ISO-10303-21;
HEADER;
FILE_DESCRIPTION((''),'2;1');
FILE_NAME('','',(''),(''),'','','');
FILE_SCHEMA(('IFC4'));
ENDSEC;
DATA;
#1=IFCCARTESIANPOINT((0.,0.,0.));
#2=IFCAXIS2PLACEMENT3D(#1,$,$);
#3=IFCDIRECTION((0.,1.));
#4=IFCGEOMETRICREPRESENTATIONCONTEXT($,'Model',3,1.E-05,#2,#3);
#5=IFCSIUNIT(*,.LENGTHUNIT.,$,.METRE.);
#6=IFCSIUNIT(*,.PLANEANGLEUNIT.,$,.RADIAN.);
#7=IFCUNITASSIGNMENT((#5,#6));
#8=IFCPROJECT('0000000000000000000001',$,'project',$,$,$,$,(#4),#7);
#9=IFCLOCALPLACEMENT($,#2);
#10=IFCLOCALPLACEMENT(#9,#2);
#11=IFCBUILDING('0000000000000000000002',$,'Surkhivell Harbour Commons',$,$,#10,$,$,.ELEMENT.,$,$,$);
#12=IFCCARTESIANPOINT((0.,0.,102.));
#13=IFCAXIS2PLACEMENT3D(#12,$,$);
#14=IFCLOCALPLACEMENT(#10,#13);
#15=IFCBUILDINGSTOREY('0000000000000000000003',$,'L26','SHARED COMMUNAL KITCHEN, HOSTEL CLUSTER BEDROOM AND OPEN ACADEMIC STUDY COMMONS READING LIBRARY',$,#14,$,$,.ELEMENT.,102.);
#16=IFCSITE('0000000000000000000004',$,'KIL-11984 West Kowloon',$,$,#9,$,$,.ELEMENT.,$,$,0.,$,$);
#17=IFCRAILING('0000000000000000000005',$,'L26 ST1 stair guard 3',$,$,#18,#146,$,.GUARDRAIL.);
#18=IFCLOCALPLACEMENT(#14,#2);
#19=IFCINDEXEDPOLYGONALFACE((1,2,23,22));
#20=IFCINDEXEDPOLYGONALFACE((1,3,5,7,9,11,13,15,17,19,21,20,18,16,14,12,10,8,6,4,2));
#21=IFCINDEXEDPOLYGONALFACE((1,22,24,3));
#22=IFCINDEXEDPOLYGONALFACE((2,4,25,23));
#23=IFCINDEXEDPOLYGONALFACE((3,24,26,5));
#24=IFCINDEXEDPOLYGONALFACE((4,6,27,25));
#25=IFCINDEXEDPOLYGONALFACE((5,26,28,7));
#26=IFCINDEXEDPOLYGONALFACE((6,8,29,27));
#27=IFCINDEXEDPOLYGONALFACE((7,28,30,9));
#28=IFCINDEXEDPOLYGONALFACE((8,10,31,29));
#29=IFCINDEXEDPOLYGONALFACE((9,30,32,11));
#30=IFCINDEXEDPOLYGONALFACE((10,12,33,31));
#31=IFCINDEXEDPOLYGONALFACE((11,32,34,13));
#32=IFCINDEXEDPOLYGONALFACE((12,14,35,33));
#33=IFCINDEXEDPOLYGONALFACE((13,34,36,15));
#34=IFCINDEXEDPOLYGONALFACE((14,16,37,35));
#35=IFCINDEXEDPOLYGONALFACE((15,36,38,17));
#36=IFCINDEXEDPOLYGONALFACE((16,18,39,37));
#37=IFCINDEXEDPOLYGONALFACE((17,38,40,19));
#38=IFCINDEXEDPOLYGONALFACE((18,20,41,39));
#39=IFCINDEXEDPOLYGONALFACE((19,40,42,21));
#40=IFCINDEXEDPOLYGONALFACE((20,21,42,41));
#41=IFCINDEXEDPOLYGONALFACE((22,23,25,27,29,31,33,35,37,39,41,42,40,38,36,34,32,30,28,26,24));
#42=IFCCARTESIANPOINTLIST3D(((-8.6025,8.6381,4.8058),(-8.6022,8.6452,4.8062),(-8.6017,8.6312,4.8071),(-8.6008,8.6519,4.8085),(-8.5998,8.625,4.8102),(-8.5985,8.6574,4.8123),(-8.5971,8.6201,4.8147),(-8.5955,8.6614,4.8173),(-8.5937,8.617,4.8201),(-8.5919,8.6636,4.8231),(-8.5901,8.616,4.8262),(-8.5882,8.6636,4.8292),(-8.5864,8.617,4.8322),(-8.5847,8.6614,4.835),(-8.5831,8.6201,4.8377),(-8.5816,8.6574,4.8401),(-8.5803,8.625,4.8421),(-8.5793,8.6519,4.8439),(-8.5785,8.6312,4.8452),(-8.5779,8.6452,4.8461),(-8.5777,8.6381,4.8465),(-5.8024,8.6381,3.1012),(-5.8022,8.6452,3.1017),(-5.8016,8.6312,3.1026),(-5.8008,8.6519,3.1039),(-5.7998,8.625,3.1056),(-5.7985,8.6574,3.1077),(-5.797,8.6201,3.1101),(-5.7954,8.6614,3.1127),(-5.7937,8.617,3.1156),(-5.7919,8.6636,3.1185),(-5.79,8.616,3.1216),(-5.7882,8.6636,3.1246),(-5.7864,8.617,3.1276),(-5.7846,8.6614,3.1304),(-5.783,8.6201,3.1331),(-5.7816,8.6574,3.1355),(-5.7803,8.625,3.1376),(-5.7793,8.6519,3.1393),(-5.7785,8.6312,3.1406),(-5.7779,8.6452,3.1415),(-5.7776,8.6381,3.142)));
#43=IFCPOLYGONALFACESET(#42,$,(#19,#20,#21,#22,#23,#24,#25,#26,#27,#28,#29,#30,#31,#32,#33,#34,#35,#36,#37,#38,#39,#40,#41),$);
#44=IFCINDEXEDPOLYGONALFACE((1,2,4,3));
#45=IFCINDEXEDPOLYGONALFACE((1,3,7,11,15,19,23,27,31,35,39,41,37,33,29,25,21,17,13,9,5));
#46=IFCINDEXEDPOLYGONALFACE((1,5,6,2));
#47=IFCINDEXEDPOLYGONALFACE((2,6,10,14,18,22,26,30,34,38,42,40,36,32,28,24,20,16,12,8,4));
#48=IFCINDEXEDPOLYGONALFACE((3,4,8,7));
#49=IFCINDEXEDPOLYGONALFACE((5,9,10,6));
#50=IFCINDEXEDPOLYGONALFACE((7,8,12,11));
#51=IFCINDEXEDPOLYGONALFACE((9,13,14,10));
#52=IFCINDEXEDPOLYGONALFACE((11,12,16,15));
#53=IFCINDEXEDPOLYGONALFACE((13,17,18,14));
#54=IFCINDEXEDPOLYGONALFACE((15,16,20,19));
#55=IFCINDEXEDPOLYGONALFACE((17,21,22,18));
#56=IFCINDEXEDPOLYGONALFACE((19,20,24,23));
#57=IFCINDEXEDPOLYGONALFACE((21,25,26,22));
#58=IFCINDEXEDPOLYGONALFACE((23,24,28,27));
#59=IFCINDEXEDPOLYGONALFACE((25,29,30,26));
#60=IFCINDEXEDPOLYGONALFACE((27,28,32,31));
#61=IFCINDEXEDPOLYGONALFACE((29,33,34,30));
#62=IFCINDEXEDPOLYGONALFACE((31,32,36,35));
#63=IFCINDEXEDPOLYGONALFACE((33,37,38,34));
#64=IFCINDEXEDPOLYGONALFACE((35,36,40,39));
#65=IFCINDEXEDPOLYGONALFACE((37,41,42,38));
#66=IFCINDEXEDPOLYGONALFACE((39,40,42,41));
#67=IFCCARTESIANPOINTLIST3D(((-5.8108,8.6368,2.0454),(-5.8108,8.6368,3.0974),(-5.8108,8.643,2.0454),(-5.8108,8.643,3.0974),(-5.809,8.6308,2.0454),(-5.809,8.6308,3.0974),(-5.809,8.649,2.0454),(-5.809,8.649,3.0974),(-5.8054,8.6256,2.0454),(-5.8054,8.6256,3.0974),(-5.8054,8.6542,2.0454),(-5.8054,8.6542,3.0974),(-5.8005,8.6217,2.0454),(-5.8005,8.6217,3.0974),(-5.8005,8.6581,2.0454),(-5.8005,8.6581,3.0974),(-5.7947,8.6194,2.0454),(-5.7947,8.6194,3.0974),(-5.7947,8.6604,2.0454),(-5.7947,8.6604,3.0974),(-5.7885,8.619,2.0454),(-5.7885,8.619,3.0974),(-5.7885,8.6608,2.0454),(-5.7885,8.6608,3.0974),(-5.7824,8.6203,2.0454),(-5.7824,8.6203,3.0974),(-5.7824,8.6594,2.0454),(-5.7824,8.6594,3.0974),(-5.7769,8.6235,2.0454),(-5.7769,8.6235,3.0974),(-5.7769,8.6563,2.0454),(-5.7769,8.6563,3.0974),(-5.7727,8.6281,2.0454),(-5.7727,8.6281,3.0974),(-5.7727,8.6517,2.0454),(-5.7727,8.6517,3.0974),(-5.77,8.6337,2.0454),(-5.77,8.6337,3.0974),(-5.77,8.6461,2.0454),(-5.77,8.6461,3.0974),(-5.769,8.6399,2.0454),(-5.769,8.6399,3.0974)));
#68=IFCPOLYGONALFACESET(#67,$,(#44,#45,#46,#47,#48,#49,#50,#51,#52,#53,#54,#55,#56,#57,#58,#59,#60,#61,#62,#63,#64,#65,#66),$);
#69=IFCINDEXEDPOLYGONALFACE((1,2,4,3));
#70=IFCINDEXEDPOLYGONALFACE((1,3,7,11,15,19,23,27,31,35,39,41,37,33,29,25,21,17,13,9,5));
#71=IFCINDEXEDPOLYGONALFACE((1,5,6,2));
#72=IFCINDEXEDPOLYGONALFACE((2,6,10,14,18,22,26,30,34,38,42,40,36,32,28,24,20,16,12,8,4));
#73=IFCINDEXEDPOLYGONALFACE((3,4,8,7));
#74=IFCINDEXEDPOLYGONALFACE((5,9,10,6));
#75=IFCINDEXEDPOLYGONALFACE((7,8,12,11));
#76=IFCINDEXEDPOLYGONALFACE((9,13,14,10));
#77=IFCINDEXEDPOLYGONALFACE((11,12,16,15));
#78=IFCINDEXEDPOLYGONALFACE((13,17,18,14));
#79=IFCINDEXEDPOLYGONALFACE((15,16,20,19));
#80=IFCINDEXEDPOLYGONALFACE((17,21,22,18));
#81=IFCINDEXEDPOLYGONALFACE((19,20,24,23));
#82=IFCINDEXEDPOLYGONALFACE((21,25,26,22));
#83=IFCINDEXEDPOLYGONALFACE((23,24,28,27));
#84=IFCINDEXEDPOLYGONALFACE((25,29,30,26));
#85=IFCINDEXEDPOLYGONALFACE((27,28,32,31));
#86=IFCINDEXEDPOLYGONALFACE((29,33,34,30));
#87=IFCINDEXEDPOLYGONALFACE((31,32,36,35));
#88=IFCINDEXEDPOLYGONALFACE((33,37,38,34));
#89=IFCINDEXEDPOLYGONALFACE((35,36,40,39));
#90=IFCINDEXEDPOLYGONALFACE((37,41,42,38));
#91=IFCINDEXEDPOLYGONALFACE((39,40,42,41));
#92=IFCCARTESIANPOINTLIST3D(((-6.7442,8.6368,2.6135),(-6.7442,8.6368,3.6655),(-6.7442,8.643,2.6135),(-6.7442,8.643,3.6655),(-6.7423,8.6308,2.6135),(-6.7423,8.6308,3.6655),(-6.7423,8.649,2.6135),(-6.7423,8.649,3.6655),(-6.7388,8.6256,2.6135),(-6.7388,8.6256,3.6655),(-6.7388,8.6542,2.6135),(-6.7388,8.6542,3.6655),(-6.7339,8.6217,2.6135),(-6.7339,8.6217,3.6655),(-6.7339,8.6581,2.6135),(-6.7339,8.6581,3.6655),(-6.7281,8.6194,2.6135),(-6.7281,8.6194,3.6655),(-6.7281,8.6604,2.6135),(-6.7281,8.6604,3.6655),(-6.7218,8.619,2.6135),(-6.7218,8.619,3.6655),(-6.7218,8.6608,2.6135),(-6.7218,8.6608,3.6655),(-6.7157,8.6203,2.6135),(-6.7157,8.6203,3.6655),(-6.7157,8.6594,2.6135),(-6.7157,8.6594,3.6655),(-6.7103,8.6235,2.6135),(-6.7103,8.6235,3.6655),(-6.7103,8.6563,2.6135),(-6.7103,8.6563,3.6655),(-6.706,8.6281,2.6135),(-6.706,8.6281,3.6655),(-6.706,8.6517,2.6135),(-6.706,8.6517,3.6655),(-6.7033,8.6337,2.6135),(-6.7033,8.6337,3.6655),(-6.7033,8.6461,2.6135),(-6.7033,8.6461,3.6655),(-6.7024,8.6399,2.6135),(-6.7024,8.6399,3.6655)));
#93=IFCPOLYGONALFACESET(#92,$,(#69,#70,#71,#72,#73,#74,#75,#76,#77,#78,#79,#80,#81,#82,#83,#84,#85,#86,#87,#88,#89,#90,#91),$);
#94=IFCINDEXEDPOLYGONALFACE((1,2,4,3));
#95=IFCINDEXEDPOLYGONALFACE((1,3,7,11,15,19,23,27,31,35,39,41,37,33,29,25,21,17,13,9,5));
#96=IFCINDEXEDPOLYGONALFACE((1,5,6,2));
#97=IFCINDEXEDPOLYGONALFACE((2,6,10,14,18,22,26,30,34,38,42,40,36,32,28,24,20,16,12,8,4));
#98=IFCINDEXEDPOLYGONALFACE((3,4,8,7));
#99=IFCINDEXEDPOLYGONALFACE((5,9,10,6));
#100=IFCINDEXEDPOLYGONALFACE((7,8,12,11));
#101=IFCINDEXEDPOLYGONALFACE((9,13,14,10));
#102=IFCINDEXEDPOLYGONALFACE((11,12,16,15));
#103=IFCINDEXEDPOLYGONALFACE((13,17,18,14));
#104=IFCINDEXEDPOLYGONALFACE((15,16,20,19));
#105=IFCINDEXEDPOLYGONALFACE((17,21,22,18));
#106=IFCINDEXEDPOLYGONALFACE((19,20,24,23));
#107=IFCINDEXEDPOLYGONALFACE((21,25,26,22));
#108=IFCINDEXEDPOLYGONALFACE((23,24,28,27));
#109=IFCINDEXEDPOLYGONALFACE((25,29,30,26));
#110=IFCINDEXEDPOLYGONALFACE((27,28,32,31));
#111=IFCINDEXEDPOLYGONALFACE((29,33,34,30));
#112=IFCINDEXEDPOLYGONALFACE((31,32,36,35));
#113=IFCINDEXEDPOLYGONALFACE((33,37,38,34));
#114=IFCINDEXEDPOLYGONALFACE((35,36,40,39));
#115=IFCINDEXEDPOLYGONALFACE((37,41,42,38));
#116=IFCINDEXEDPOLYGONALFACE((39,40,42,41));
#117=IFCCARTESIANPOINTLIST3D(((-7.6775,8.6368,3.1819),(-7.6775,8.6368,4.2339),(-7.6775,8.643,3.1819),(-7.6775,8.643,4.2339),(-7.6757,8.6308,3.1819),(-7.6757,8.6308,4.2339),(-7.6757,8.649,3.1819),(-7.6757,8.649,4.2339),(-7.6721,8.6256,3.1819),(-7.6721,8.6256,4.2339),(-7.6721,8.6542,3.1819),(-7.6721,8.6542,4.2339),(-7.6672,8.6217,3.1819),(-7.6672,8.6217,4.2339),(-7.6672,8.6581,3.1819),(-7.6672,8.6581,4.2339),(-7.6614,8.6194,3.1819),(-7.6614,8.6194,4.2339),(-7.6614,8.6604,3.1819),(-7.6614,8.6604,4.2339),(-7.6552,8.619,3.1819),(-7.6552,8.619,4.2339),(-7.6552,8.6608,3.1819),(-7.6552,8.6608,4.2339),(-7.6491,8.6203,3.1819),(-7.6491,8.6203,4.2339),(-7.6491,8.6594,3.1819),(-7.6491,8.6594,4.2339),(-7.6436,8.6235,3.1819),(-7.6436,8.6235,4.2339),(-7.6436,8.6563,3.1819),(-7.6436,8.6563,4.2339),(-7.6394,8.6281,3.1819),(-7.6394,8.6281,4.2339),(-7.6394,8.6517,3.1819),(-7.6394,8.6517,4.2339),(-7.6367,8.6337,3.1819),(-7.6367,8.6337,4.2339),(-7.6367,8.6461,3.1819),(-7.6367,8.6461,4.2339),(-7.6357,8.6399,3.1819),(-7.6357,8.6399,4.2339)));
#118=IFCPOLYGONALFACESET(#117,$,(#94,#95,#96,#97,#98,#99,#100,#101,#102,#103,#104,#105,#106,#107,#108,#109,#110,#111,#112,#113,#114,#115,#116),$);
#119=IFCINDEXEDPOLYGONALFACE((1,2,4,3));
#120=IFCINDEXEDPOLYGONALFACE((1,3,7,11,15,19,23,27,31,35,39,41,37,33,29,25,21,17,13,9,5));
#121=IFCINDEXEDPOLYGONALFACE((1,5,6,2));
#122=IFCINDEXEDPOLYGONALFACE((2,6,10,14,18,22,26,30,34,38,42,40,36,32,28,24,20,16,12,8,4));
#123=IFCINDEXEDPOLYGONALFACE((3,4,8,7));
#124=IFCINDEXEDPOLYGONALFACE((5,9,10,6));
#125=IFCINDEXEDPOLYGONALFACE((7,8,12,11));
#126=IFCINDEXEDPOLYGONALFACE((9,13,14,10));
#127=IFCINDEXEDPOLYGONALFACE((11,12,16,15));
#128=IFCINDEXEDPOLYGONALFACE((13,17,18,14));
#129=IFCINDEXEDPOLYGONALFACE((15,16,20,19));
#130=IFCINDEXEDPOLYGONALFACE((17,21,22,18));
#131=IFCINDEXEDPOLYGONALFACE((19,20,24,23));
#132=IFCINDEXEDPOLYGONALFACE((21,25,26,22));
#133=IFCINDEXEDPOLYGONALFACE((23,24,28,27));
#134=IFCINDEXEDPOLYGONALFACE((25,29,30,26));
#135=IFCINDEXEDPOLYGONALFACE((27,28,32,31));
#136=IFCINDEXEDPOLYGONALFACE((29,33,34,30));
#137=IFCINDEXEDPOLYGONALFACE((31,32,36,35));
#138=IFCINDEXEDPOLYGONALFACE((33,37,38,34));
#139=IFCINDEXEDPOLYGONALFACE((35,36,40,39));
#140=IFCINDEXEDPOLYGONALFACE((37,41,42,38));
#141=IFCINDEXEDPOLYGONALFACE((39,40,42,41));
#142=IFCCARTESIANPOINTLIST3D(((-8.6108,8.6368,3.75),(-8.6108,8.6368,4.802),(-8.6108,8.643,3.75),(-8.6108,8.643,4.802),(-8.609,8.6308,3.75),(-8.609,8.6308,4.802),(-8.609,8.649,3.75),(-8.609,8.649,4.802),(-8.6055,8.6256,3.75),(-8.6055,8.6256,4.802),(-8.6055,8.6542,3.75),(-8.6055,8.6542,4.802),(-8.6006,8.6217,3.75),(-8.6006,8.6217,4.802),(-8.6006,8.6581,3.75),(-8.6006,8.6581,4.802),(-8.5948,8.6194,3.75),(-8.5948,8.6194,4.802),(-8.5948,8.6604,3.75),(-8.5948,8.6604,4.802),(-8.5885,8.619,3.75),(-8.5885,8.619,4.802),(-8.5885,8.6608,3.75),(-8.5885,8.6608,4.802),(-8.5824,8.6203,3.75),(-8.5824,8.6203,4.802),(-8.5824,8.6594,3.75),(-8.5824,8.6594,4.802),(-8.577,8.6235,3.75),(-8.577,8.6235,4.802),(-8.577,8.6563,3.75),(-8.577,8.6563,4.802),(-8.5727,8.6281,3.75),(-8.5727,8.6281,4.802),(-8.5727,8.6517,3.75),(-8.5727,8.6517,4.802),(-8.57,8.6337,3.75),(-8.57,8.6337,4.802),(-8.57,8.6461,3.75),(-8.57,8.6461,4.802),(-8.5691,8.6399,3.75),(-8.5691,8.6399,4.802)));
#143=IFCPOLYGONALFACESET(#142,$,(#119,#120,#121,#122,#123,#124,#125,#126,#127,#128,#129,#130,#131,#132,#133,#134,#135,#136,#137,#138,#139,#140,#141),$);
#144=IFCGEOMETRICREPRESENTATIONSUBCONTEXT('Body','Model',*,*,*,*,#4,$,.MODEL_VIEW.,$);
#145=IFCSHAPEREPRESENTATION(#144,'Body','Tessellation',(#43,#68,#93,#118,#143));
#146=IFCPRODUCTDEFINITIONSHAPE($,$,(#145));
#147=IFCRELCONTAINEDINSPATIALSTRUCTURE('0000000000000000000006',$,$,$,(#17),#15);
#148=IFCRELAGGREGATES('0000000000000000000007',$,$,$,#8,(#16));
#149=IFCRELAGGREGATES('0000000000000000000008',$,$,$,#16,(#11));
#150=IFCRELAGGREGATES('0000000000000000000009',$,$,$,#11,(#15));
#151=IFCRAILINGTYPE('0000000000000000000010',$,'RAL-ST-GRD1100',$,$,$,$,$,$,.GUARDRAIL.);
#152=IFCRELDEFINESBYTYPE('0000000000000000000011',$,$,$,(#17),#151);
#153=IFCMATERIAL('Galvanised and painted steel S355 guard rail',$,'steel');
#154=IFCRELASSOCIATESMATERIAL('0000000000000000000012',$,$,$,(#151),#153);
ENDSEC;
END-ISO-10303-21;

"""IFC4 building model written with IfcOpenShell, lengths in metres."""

from ifc_helpers import new_model, si_unit, direction, frame, origin, origin_2d, place, context, subcontext, project, spatial, circle, extrude, material, type_object, element, save


model = new_model("IFC4")

# Units and contexts
model_context = context("Model", 3, precision=1e-05, world=origin(), true_north=direction((0.0, 1.0)))
body_context = subcontext(model_context, "Body", "Model", "MODEL_VIEW")
ifc_project = project(units=[si_unit("LENGTHUNIT", "METRE"), si_unit("PLANEANGLEUNIT", "RADIAN")], contexts=[model_context])

# Site, building, storey
site_placement = place(None, origin())
site = spatial("IfcSite", under=ifc_project, at=site_placement, Name="KIL-11984 West Kowloon", CompositionType="ELEMENT", RefElevation=0.0)
building_placement = place(site_placement, origin())
building = spatial("IfcBuilding", under=site, at=building_placement, Name="Surkhivell Harbour Commons", CompositionType="ELEMENT")
storey_placement = place(building_placement, frame((0.0, 0.0, 102.0)))
storey = spatial("IfcBuildingStorey", under=building, at=storey_placement, Name="L26", Description="SHARED COMMUNAL KITCHEN, HOSTEL CLUSTER BEDROOM AND OPEN ACADEMIC STUDY COMMONS READING LIBRARY", CompositionType="ELEMENT", Elevation=102.0)

# Railing
ifc_material_1 = material(Name="Galvanised and painted steel S355 guard rail", Category="steel")
railing_type_1 = type_object("IfcRailingType", Name="RAL-ST-GRD1100", PredefinedType="GUARDRAIL", material=ifc_material_1)
railing_1_placement = place(storey_placement, frame((-5.79, 8.6399, 2.0454)))
element("IfcRailing", 1, at=railing_1_placement, inside=storey, type_object=railing_type_1, Name="L26 ST1 stair guard 3", PredefinedType="GUARDRAIL", context=body_context, shape_type="SweptSolid", body=[
    extrude(circle(Radius=0.0239, at=origin_2d()), frame((0.0, 0.0, 1.0762), z_axis=(-0.85417, 0.0, 0.519994), x_axis=(0.0, -1.0, 0.0)), (0.0, 0.0, 1.0), 3.2781),
    extrude(circle(Radius=0.021, at=origin_2d()), origin(), (0.0, 0.0, 1.0), 1.052),
    extrude(circle(Radius=0.021, at=origin_2d()), frame((-0.9333, 0.0, 0.5681)), (0.0, 0.0, 1.0), 1.052),
    extrude(circle(Radius=0.021, at=origin_2d()), frame((-1.8667, 0.0, 1.1365)), (0.0, 0.0, 1.0), 1.052),
    extrude(circle(Radius=0.021, at=origin_2d()), frame((-2.8, 0.0, 1.7046)), (0.0, 0.0, 1.0), 1.052),
])

save(model, "model.ifc")
